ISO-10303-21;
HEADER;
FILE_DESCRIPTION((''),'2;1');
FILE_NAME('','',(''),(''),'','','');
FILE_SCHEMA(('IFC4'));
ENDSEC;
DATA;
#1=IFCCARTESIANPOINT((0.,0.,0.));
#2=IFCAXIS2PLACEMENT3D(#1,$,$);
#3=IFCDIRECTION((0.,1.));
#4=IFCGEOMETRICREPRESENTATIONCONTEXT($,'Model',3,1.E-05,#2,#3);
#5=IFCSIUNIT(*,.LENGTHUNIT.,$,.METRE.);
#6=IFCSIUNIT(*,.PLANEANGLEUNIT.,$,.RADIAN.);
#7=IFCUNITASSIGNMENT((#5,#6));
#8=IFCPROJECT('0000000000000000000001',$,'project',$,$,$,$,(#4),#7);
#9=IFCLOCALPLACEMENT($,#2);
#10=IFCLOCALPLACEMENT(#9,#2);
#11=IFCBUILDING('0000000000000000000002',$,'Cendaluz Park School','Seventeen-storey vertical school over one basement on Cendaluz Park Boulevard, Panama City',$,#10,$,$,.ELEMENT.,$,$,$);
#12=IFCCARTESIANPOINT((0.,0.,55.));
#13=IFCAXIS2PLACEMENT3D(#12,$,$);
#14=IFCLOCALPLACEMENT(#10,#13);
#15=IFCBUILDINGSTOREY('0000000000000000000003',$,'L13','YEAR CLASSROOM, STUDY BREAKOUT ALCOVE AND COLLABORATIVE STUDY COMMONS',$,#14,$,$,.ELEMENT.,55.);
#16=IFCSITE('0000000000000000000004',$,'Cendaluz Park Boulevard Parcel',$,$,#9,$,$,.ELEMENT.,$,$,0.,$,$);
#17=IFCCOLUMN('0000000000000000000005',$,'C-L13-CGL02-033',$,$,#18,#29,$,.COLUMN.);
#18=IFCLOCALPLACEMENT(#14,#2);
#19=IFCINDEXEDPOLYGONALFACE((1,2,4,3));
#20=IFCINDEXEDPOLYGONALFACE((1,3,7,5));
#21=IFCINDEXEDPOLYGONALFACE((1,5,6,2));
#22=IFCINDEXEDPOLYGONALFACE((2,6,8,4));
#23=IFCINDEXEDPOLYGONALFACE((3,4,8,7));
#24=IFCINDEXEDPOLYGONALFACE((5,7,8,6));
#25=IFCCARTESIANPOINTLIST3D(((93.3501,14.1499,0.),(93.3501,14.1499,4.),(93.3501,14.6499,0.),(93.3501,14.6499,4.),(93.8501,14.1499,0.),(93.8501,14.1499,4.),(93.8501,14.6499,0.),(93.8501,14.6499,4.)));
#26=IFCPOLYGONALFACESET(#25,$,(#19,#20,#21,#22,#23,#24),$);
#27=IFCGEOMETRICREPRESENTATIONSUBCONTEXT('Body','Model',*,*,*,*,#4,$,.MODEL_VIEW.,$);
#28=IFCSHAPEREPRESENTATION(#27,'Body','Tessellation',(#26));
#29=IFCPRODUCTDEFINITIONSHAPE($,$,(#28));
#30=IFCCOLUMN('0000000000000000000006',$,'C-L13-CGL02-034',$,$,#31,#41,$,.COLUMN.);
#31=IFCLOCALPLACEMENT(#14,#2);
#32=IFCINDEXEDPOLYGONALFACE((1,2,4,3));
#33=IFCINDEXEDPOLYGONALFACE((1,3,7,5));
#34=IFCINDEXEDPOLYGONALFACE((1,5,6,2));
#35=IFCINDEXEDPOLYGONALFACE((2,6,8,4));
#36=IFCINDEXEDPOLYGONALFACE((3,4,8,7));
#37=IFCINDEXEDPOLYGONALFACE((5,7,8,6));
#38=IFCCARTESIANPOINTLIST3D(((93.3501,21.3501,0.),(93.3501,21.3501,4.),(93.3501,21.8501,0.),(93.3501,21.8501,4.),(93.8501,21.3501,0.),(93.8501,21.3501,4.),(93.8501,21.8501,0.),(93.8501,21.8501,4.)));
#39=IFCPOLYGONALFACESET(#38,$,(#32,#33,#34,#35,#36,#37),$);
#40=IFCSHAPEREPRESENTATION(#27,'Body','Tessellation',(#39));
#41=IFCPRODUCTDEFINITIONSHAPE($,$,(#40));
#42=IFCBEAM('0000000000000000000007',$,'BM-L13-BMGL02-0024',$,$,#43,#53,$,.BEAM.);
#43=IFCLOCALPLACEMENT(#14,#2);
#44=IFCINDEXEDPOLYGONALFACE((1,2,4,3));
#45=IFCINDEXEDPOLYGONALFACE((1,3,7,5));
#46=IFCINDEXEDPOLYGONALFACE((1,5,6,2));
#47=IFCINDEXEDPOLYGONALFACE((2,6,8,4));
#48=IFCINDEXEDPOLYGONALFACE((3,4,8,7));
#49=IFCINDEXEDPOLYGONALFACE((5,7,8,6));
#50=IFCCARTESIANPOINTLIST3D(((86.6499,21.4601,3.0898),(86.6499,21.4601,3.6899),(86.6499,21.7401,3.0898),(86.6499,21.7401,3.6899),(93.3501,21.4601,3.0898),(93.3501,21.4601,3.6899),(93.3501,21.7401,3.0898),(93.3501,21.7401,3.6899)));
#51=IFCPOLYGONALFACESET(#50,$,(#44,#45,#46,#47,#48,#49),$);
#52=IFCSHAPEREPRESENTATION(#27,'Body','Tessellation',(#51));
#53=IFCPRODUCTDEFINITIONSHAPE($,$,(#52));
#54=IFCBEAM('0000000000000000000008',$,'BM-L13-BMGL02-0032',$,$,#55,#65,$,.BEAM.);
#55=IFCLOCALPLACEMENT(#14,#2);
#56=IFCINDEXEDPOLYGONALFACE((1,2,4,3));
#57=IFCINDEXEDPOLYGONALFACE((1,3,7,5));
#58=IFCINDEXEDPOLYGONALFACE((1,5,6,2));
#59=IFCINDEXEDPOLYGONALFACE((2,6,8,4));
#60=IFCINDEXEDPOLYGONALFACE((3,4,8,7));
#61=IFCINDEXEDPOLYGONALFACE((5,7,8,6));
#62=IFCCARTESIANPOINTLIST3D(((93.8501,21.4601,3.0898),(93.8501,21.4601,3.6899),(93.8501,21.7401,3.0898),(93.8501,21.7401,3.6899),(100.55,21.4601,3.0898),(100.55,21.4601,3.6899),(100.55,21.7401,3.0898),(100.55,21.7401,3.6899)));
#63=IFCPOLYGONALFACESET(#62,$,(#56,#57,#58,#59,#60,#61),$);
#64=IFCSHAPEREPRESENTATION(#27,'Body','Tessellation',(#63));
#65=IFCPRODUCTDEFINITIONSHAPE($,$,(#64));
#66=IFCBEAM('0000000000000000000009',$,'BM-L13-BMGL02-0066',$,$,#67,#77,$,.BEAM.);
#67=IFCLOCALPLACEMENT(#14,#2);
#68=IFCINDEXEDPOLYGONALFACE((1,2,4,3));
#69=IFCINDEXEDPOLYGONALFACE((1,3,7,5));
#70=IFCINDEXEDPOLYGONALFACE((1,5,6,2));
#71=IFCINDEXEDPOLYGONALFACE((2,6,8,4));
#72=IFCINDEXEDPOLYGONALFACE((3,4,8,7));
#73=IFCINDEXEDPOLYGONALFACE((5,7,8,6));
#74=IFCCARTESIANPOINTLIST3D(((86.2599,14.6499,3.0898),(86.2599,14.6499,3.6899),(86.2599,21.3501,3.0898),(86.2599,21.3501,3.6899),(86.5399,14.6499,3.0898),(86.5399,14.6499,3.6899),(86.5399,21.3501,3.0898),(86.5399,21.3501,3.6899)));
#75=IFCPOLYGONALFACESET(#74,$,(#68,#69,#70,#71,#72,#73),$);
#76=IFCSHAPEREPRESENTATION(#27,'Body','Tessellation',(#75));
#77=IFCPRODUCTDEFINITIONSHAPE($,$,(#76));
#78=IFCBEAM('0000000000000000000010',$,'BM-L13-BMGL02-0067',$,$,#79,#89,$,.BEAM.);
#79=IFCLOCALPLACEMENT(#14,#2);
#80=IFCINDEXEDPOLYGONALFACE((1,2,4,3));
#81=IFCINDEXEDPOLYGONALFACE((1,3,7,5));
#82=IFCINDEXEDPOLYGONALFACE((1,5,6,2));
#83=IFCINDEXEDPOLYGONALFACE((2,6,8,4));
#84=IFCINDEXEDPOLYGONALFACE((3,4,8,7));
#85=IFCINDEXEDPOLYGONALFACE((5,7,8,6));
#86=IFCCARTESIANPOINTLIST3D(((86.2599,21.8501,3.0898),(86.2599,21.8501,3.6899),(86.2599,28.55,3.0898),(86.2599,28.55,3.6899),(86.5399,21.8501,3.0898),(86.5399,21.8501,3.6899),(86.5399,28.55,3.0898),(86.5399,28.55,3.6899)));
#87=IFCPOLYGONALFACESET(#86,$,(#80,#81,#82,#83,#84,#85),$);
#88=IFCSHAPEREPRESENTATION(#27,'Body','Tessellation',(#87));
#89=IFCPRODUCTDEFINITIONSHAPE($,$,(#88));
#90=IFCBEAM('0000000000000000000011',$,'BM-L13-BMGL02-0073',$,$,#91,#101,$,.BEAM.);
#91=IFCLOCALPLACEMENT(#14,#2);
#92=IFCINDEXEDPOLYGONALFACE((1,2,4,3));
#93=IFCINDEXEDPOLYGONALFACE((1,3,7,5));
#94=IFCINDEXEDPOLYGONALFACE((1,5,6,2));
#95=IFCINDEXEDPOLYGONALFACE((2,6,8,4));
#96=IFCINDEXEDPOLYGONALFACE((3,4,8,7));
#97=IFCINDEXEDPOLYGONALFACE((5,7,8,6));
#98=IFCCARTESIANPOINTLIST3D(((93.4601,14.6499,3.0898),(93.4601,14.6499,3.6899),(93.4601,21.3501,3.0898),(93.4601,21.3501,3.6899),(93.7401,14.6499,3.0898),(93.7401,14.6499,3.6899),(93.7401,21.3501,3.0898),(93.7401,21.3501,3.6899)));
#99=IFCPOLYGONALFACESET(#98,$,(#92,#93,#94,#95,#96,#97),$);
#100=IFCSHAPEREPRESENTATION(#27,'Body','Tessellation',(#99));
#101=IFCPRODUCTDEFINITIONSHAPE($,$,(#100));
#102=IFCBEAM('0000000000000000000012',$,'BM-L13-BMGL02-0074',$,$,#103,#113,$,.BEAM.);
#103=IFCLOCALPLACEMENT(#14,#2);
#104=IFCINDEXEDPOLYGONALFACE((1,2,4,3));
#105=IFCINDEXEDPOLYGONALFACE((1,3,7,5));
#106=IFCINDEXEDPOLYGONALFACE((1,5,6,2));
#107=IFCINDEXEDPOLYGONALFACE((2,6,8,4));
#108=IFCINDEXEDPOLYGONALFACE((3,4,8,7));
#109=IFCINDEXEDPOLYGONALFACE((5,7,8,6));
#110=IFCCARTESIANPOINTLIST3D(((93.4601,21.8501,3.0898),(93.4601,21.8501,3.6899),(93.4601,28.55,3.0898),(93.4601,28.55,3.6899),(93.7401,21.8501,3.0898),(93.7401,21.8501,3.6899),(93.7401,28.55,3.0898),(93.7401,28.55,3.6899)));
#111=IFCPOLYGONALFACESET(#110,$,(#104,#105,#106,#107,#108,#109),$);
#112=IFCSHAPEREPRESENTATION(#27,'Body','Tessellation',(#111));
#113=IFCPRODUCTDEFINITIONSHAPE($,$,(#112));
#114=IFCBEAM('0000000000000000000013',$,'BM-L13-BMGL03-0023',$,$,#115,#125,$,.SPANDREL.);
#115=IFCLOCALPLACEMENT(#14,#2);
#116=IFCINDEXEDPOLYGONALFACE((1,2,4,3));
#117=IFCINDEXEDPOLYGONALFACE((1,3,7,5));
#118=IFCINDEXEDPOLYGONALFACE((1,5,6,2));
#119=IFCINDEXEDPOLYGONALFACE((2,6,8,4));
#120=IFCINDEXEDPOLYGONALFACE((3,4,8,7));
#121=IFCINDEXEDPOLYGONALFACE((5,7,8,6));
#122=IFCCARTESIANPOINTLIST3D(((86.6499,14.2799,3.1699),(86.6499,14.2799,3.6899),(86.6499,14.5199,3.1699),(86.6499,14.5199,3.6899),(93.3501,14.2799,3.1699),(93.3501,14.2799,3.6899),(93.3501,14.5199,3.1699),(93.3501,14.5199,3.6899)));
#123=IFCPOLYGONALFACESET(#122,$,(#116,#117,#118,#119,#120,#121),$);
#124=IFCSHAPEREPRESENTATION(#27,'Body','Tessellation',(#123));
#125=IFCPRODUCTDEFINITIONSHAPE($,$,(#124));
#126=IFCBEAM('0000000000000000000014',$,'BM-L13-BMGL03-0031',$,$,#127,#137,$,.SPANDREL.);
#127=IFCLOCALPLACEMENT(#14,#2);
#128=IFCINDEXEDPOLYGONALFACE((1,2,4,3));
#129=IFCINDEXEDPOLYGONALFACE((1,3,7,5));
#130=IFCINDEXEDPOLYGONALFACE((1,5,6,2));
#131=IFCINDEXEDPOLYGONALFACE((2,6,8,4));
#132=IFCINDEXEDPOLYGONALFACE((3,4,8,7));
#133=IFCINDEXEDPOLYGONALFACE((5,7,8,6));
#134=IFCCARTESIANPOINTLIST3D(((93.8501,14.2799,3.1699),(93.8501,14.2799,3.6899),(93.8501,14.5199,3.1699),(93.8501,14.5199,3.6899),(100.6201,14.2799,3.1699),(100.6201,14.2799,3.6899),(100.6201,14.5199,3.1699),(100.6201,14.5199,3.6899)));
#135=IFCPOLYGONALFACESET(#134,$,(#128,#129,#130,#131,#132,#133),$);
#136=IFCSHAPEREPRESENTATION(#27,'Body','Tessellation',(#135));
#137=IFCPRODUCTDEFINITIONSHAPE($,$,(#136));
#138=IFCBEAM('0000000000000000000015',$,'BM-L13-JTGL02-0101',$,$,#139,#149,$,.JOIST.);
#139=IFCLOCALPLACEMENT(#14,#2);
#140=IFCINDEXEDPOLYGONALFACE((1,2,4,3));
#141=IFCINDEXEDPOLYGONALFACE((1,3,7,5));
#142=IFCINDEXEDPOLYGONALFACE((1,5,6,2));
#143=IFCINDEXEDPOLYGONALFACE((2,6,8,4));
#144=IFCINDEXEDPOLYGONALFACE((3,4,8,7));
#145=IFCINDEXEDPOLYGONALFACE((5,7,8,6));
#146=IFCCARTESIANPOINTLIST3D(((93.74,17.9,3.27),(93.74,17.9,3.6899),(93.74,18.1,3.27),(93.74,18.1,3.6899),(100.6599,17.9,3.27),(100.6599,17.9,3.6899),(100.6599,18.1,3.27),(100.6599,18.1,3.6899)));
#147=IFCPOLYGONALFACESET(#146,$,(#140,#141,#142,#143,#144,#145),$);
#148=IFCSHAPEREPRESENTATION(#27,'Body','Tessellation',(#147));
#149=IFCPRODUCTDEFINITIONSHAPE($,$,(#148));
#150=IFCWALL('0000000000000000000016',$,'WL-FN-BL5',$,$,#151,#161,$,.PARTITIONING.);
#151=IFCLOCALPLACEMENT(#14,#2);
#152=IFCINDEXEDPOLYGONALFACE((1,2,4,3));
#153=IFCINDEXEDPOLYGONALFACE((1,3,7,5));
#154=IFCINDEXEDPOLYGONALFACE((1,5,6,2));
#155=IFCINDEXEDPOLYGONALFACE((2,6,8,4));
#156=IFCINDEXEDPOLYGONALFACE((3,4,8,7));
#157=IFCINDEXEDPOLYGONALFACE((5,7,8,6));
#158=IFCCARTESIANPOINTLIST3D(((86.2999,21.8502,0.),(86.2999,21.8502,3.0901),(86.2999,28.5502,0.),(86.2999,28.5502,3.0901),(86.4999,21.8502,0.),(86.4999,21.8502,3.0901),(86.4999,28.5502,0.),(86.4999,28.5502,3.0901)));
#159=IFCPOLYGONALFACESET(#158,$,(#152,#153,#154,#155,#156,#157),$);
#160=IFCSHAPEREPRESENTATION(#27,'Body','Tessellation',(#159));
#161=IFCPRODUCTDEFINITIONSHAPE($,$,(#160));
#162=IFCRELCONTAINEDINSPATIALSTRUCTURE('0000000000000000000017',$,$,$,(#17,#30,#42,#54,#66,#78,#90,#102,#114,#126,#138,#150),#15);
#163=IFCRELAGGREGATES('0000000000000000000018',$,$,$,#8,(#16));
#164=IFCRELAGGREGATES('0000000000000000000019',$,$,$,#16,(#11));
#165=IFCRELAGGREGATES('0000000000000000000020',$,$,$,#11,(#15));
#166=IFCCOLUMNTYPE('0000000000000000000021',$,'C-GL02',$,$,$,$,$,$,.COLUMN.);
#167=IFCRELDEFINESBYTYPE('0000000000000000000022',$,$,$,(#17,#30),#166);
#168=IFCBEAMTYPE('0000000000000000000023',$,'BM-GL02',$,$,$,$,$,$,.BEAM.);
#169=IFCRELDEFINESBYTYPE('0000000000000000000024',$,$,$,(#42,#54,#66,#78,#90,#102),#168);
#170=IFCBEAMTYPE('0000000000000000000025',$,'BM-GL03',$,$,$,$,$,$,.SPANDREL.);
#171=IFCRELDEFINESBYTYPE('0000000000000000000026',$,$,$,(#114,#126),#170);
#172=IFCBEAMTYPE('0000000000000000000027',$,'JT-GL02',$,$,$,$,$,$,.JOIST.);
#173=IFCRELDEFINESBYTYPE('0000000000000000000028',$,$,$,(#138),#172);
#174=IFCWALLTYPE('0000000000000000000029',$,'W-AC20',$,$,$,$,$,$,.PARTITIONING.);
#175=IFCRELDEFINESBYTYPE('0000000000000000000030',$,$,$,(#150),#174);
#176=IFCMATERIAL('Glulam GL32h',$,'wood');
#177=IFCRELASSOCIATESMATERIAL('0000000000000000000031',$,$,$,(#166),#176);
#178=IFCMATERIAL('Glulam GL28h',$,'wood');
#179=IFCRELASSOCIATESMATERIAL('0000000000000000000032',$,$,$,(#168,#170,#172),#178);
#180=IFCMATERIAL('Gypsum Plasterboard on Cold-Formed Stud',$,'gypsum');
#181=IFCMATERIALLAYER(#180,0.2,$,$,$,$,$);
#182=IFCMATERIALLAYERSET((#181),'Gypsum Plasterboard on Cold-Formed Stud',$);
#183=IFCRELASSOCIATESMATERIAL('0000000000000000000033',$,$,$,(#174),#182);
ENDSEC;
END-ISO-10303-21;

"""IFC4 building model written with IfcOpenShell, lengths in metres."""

from ifc_helpers import new_model, si_unit, direction, frame, frame_2d, origin, origin_2d, place, context, subcontext, project, spatial, rectangle, extrude, material, layer, layer_set, material_profile, profile_set, type_object, element, save


model = new_model("IFC4")

# Units and contexts
model_context = context("Model", 3, precision=1e-05, world=origin(), true_north=direction((0.0, 1.0)))
body_context = subcontext(model_context, "Body", "Model", "MODEL_VIEW")
ifc_project = project(units=[si_unit("LENGTHUNIT", "METRE"), si_unit("PLANEANGLEUNIT", "RADIAN")], contexts=[model_context])

# Site, building, storey
site_placement = place(None, origin())
site = spatial("IfcSite", under=ifc_project, at=site_placement, Name="Cendaluz Park Boulevard Parcel", CompositionType="ELEMENT", RefElevation=0.0)
building_placement = place(site_placement, origin())
building = spatial("IfcBuilding", under=site, at=building_placement, Name="Cendaluz Park School", Description="Seventeen-storey vertical school over one basement on Cendaluz Park Boulevard, Panama City", CompositionType="ELEMENT")
storey_placement = place(building_placement, frame((0.0, 0.0, 55.0)))
storey = spatial("IfcBuildingStorey", under=building, at=storey_placement, Name="L13", Description="YEAR CLASSROOM, STUDY BREAKOUT ALCOVE AND COLLABORATIVE STUDY COMMONS", CompositionType="ELEMENT", Elevation=55.0)

# Columns
ifc_material_1 = material(Name="Glulam GL32h", Category="wood")
ifc_material_profile_1 = material_profile(ifc_material_1, rectangle(XDim=0.5, YDim=0.5, at=origin_2d()), Name="GL32h 500x500", Category="wood")
ifc_profile_set_1 = profile_set([ifc_material_profile_1], Name="Glulam GL32h")
column_type = type_object("IfcColumnType", Name="C-GL02", PredefinedType="COLUMN", material=ifc_profile_set_1)
for number, where, z_axis, x_axis, name in (
    (1, (93.6001, 14.3999, 0.0), (0.0, 0.0, 1.0), (1.0, 0.0, 0.0), "C-L13-CGL02-033"),
    (2, (93.6001, 21.6001, 0.0), (0.0, 0.0, 1.0), (1.0, 0.0, 0.0), "C-L13-CGL02-034"),
):
    element("IfcColumn", number, at=place(storey_placement, frame(where, z_axis=z_axis, x_axis=x_axis)), inside=storey, type_object=column_type, Name=name, PredefinedType="COLUMN", context=body_context, shape_type="SweptSolid", body=[
        extrude(rectangle(XDim=0.5, YDim=0.5, at=origin_2d()), origin(), (0.0, 0.0, 1.0), 4.0),
    ])

# Beams
ifc_material_2 = material(Name="Glulam GL28h", Category="wood")
ifc_material_profile_2 = material_profile(ifc_material_2, rectangle(XDim=0.28, YDim=0.6001, at=origin_2d()), Name="GL28h 280x600", Category="wood")
ifc_profile_set_2 = profile_set([ifc_material_profile_2], Name="Glulam GL28h")
beam_type_1 = type_object("IfcBeamType", Name="BM-GL02", PredefinedType="BEAM", material=ifc_profile_set_2)
beam_1_placement = place(storey_placement, frame((86.6499, 21.6001, 3.3899), z_axis=(1.0, 0.0, 0.0), x_axis=(0.0, 1.0, 0.0)))
element("IfcBeam", 3, at=beam_1_placement, inside=storey, type_object=beam_type_1, Name="BM-L13-BMGL02-0024", PredefinedType="BEAM", context=body_context, shape_type="SweptSolid", body=[
    extrude(rectangle(XDim=0.28, YDim=0.6001, at=origin_2d()), origin(), (0.0, 0.0, 1.0), 6.7002),
])
beam_2_placement = place(storey_placement, frame((93.8501, 21.6001, 3.3899), z_axis=(1.0, 0.0, 0.0), x_axis=(0.0, 1.0, 0.0)))
element("IfcBeam", 4, at=beam_2_placement, inside=storey, type_object=beam_type_1, Name="BM-L13-BMGL02-0032", PredefinedType="BEAM", context=body_context, shape_type="SweptSolid", body=[
    extrude(rectangle(XDim=0.28, YDim=0.6001, at=origin_2d()), origin(), (0.0, 0.0, 1.0), 6.7),
])
beam_3_placement = place(storey_placement, frame((86.3999, 14.6499, 3.3899), z_axis=(0.0, 1.0, 0.0), x_axis=(-1.0, 0.0, 0.0)))
element("IfcBeam", 5, at=beam_3_placement, inside=storey, type_object=beam_type_1, Name="BM-L13-BMGL02-0066", PredefinedType="BEAM", context=body_context, shape_type="SweptSolid", body=[
    extrude(rectangle(XDim=0.28, YDim=0.6001, at=origin_2d()), origin(), (0.0, 0.0, 1.0), 6.7002),
])
beam_4_placement = place(storey_placement, frame((86.3999, 21.8501, 3.3899), z_axis=(0.0, 1.0, 0.0), x_axis=(-1.0, 0.0, 0.0)))
element("IfcBeam", 6, at=beam_4_placement, inside=storey, type_object=beam_type_1, Name="BM-L13-BMGL02-0067", PredefinedType="BEAM", context=body_context, shape_type="SweptSolid", body=[
    extrude(rectangle(XDim=0.28, YDim=0.6001, at=origin_2d()), origin(), (0.0, 0.0, 1.0), 6.7),
])
beam_5_placement = place(storey_placement, frame((93.6001, 14.6499, 3.3899), z_axis=(0.0, 1.0, 0.0), x_axis=(-1.0, 0.0, 0.0)))
element("IfcBeam", 7, at=beam_5_placement, inside=storey, type_object=beam_type_1, Name="BM-L13-BMGL02-0073", PredefinedType="BEAM", context=body_context, shape_type="SweptSolid", body=[
    extrude(rectangle(XDim=0.28, YDim=0.6001, at=origin_2d()), origin(), (0.0, 0.0, 1.0), 6.7002),
])
beam_6_placement = place(storey_placement, frame((93.6001, 21.8501, 3.3899), z_axis=(0.0, 1.0, 0.0), x_axis=(-1.0, 0.0, 0.0)))
element("IfcBeam", 8, at=beam_6_placement, inside=storey, type_object=beam_type_1, Name="BM-L13-BMGL02-0074", PredefinedType="BEAM", context=body_context, shape_type="SweptSolid", body=[
    extrude(rectangle(XDim=0.28, YDim=0.6001, at=origin_2d()), origin(), (0.0, 0.0, 1.0), 6.7),
])
ifc_material_profile_3 = material_profile(ifc_material_2, rectangle(XDim=0.24, YDim=0.52, at=origin_2d()), Name="GL28h 240x520", Category="wood")
ifc_profile_set_3 = profile_set([ifc_material_profile_3], Name="Glulam GL28h")
beam_type_2 = type_object("IfcBeamType", Name="BM-GL03", PredefinedType="SPANDREL", material=ifc_profile_set_3)
beam_7_placement = place(storey_placement, frame((86.6499, 14.3999, 3.4299), z_axis=(1.0, 0.0, 0.0), x_axis=(0.0, 1.0, 0.0)))
element("IfcBeam", 9, at=beam_7_placement, inside=storey, type_object=beam_type_2, Name="BM-L13-BMGL03-0023", PredefinedType="SPANDREL", context=body_context, shape_type="SweptSolid", body=[
    extrude(rectangle(XDim=0.24, YDim=0.52, at=origin_2d()), origin(), (0.0, 0.0, 1.0), 6.7002),
])
beam_8_placement = place(storey_placement, frame((93.8501, 14.3999, 3.4299), z_axis=(1.0, 0.0, 0.0), x_axis=(0.0, 1.0, 0.0)))
element("IfcBeam", 10, at=beam_8_placement, inside=storey, type_object=beam_type_2, Name="BM-L13-BMGL03-0031", PredefinedType="SPANDREL", context=body_context, shape_type="SweptSolid", body=[
    extrude(rectangle(XDim=0.24, YDim=0.52, at=origin_2d()), origin(), (0.0, 0.0, 1.0), 6.77),
])
ifc_material_profile_4 = material_profile(ifc_material_2, rectangle(XDim=0.2, YDim=0.4199, at=origin_2d()), Name="GL28h 200x420", Category="wood")
ifc_profile_set_4 = profile_set([ifc_material_profile_4], Name="Glulam GL28h")
beam_type_3 = type_object("IfcBeamType", Name="JT-GL02", PredefinedType="JOIST", material=ifc_profile_set_4)
beam_9_placement = place(storey_placement, frame((93.74, 18.0, 3.48), z_axis=(1.0, 0.0, 0.0), x_axis=(0.0, 1.0, 0.0)))
element("IfcBeam", 11, at=beam_9_placement, inside=storey, type_object=beam_type_3, Name="BM-L13-JTGL02-0101", PredefinedType="JOIST", context=body_context, shape_type="SweptSolid", body=[
    extrude(rectangle(XDim=0.2, YDim=0.4199, at=origin_2d()), origin(), (0.0, 0.0, 1.0), 6.9199),
])

# Wall
ifc_material_3 = material(Name="Gypsum Plasterboard on Cold-Formed Stud", Category="gypsum")
ifc_layer_1 = layer(ifc_material_3, 0.2)
ifc_layer_set_1 = layer_set([ifc_layer_1], Name="Gypsum Plasterboard on Cold-Formed Stud")
wall_type_1 = type_object("IfcWallType", Name="W-AC20", PredefinedType="PARTITIONING", material=ifc_layer_set_1)
wall_1_placement = place(storey_placement, frame((86.3999, 21.8501, 0.0), z_axis=(0.0, 0.0, 1.0), x_axis=(0.0, 1.0, 0.0)))
element("IfcWall", 12, at=wall_1_placement, inside=storey, type_object=wall_type_1, Name="WL-FN-BL5", PredefinedType="PARTITIONING", context=body_context, shape_type="SweptSolid", body=[
    extrude(rectangle(XDim=6.7, YDim=0.2, at=frame_2d((3.3501, 0.0))), origin(), (0.0, 0.0, 1.0), 3.0901),
])

save(model, "model.ifc")
